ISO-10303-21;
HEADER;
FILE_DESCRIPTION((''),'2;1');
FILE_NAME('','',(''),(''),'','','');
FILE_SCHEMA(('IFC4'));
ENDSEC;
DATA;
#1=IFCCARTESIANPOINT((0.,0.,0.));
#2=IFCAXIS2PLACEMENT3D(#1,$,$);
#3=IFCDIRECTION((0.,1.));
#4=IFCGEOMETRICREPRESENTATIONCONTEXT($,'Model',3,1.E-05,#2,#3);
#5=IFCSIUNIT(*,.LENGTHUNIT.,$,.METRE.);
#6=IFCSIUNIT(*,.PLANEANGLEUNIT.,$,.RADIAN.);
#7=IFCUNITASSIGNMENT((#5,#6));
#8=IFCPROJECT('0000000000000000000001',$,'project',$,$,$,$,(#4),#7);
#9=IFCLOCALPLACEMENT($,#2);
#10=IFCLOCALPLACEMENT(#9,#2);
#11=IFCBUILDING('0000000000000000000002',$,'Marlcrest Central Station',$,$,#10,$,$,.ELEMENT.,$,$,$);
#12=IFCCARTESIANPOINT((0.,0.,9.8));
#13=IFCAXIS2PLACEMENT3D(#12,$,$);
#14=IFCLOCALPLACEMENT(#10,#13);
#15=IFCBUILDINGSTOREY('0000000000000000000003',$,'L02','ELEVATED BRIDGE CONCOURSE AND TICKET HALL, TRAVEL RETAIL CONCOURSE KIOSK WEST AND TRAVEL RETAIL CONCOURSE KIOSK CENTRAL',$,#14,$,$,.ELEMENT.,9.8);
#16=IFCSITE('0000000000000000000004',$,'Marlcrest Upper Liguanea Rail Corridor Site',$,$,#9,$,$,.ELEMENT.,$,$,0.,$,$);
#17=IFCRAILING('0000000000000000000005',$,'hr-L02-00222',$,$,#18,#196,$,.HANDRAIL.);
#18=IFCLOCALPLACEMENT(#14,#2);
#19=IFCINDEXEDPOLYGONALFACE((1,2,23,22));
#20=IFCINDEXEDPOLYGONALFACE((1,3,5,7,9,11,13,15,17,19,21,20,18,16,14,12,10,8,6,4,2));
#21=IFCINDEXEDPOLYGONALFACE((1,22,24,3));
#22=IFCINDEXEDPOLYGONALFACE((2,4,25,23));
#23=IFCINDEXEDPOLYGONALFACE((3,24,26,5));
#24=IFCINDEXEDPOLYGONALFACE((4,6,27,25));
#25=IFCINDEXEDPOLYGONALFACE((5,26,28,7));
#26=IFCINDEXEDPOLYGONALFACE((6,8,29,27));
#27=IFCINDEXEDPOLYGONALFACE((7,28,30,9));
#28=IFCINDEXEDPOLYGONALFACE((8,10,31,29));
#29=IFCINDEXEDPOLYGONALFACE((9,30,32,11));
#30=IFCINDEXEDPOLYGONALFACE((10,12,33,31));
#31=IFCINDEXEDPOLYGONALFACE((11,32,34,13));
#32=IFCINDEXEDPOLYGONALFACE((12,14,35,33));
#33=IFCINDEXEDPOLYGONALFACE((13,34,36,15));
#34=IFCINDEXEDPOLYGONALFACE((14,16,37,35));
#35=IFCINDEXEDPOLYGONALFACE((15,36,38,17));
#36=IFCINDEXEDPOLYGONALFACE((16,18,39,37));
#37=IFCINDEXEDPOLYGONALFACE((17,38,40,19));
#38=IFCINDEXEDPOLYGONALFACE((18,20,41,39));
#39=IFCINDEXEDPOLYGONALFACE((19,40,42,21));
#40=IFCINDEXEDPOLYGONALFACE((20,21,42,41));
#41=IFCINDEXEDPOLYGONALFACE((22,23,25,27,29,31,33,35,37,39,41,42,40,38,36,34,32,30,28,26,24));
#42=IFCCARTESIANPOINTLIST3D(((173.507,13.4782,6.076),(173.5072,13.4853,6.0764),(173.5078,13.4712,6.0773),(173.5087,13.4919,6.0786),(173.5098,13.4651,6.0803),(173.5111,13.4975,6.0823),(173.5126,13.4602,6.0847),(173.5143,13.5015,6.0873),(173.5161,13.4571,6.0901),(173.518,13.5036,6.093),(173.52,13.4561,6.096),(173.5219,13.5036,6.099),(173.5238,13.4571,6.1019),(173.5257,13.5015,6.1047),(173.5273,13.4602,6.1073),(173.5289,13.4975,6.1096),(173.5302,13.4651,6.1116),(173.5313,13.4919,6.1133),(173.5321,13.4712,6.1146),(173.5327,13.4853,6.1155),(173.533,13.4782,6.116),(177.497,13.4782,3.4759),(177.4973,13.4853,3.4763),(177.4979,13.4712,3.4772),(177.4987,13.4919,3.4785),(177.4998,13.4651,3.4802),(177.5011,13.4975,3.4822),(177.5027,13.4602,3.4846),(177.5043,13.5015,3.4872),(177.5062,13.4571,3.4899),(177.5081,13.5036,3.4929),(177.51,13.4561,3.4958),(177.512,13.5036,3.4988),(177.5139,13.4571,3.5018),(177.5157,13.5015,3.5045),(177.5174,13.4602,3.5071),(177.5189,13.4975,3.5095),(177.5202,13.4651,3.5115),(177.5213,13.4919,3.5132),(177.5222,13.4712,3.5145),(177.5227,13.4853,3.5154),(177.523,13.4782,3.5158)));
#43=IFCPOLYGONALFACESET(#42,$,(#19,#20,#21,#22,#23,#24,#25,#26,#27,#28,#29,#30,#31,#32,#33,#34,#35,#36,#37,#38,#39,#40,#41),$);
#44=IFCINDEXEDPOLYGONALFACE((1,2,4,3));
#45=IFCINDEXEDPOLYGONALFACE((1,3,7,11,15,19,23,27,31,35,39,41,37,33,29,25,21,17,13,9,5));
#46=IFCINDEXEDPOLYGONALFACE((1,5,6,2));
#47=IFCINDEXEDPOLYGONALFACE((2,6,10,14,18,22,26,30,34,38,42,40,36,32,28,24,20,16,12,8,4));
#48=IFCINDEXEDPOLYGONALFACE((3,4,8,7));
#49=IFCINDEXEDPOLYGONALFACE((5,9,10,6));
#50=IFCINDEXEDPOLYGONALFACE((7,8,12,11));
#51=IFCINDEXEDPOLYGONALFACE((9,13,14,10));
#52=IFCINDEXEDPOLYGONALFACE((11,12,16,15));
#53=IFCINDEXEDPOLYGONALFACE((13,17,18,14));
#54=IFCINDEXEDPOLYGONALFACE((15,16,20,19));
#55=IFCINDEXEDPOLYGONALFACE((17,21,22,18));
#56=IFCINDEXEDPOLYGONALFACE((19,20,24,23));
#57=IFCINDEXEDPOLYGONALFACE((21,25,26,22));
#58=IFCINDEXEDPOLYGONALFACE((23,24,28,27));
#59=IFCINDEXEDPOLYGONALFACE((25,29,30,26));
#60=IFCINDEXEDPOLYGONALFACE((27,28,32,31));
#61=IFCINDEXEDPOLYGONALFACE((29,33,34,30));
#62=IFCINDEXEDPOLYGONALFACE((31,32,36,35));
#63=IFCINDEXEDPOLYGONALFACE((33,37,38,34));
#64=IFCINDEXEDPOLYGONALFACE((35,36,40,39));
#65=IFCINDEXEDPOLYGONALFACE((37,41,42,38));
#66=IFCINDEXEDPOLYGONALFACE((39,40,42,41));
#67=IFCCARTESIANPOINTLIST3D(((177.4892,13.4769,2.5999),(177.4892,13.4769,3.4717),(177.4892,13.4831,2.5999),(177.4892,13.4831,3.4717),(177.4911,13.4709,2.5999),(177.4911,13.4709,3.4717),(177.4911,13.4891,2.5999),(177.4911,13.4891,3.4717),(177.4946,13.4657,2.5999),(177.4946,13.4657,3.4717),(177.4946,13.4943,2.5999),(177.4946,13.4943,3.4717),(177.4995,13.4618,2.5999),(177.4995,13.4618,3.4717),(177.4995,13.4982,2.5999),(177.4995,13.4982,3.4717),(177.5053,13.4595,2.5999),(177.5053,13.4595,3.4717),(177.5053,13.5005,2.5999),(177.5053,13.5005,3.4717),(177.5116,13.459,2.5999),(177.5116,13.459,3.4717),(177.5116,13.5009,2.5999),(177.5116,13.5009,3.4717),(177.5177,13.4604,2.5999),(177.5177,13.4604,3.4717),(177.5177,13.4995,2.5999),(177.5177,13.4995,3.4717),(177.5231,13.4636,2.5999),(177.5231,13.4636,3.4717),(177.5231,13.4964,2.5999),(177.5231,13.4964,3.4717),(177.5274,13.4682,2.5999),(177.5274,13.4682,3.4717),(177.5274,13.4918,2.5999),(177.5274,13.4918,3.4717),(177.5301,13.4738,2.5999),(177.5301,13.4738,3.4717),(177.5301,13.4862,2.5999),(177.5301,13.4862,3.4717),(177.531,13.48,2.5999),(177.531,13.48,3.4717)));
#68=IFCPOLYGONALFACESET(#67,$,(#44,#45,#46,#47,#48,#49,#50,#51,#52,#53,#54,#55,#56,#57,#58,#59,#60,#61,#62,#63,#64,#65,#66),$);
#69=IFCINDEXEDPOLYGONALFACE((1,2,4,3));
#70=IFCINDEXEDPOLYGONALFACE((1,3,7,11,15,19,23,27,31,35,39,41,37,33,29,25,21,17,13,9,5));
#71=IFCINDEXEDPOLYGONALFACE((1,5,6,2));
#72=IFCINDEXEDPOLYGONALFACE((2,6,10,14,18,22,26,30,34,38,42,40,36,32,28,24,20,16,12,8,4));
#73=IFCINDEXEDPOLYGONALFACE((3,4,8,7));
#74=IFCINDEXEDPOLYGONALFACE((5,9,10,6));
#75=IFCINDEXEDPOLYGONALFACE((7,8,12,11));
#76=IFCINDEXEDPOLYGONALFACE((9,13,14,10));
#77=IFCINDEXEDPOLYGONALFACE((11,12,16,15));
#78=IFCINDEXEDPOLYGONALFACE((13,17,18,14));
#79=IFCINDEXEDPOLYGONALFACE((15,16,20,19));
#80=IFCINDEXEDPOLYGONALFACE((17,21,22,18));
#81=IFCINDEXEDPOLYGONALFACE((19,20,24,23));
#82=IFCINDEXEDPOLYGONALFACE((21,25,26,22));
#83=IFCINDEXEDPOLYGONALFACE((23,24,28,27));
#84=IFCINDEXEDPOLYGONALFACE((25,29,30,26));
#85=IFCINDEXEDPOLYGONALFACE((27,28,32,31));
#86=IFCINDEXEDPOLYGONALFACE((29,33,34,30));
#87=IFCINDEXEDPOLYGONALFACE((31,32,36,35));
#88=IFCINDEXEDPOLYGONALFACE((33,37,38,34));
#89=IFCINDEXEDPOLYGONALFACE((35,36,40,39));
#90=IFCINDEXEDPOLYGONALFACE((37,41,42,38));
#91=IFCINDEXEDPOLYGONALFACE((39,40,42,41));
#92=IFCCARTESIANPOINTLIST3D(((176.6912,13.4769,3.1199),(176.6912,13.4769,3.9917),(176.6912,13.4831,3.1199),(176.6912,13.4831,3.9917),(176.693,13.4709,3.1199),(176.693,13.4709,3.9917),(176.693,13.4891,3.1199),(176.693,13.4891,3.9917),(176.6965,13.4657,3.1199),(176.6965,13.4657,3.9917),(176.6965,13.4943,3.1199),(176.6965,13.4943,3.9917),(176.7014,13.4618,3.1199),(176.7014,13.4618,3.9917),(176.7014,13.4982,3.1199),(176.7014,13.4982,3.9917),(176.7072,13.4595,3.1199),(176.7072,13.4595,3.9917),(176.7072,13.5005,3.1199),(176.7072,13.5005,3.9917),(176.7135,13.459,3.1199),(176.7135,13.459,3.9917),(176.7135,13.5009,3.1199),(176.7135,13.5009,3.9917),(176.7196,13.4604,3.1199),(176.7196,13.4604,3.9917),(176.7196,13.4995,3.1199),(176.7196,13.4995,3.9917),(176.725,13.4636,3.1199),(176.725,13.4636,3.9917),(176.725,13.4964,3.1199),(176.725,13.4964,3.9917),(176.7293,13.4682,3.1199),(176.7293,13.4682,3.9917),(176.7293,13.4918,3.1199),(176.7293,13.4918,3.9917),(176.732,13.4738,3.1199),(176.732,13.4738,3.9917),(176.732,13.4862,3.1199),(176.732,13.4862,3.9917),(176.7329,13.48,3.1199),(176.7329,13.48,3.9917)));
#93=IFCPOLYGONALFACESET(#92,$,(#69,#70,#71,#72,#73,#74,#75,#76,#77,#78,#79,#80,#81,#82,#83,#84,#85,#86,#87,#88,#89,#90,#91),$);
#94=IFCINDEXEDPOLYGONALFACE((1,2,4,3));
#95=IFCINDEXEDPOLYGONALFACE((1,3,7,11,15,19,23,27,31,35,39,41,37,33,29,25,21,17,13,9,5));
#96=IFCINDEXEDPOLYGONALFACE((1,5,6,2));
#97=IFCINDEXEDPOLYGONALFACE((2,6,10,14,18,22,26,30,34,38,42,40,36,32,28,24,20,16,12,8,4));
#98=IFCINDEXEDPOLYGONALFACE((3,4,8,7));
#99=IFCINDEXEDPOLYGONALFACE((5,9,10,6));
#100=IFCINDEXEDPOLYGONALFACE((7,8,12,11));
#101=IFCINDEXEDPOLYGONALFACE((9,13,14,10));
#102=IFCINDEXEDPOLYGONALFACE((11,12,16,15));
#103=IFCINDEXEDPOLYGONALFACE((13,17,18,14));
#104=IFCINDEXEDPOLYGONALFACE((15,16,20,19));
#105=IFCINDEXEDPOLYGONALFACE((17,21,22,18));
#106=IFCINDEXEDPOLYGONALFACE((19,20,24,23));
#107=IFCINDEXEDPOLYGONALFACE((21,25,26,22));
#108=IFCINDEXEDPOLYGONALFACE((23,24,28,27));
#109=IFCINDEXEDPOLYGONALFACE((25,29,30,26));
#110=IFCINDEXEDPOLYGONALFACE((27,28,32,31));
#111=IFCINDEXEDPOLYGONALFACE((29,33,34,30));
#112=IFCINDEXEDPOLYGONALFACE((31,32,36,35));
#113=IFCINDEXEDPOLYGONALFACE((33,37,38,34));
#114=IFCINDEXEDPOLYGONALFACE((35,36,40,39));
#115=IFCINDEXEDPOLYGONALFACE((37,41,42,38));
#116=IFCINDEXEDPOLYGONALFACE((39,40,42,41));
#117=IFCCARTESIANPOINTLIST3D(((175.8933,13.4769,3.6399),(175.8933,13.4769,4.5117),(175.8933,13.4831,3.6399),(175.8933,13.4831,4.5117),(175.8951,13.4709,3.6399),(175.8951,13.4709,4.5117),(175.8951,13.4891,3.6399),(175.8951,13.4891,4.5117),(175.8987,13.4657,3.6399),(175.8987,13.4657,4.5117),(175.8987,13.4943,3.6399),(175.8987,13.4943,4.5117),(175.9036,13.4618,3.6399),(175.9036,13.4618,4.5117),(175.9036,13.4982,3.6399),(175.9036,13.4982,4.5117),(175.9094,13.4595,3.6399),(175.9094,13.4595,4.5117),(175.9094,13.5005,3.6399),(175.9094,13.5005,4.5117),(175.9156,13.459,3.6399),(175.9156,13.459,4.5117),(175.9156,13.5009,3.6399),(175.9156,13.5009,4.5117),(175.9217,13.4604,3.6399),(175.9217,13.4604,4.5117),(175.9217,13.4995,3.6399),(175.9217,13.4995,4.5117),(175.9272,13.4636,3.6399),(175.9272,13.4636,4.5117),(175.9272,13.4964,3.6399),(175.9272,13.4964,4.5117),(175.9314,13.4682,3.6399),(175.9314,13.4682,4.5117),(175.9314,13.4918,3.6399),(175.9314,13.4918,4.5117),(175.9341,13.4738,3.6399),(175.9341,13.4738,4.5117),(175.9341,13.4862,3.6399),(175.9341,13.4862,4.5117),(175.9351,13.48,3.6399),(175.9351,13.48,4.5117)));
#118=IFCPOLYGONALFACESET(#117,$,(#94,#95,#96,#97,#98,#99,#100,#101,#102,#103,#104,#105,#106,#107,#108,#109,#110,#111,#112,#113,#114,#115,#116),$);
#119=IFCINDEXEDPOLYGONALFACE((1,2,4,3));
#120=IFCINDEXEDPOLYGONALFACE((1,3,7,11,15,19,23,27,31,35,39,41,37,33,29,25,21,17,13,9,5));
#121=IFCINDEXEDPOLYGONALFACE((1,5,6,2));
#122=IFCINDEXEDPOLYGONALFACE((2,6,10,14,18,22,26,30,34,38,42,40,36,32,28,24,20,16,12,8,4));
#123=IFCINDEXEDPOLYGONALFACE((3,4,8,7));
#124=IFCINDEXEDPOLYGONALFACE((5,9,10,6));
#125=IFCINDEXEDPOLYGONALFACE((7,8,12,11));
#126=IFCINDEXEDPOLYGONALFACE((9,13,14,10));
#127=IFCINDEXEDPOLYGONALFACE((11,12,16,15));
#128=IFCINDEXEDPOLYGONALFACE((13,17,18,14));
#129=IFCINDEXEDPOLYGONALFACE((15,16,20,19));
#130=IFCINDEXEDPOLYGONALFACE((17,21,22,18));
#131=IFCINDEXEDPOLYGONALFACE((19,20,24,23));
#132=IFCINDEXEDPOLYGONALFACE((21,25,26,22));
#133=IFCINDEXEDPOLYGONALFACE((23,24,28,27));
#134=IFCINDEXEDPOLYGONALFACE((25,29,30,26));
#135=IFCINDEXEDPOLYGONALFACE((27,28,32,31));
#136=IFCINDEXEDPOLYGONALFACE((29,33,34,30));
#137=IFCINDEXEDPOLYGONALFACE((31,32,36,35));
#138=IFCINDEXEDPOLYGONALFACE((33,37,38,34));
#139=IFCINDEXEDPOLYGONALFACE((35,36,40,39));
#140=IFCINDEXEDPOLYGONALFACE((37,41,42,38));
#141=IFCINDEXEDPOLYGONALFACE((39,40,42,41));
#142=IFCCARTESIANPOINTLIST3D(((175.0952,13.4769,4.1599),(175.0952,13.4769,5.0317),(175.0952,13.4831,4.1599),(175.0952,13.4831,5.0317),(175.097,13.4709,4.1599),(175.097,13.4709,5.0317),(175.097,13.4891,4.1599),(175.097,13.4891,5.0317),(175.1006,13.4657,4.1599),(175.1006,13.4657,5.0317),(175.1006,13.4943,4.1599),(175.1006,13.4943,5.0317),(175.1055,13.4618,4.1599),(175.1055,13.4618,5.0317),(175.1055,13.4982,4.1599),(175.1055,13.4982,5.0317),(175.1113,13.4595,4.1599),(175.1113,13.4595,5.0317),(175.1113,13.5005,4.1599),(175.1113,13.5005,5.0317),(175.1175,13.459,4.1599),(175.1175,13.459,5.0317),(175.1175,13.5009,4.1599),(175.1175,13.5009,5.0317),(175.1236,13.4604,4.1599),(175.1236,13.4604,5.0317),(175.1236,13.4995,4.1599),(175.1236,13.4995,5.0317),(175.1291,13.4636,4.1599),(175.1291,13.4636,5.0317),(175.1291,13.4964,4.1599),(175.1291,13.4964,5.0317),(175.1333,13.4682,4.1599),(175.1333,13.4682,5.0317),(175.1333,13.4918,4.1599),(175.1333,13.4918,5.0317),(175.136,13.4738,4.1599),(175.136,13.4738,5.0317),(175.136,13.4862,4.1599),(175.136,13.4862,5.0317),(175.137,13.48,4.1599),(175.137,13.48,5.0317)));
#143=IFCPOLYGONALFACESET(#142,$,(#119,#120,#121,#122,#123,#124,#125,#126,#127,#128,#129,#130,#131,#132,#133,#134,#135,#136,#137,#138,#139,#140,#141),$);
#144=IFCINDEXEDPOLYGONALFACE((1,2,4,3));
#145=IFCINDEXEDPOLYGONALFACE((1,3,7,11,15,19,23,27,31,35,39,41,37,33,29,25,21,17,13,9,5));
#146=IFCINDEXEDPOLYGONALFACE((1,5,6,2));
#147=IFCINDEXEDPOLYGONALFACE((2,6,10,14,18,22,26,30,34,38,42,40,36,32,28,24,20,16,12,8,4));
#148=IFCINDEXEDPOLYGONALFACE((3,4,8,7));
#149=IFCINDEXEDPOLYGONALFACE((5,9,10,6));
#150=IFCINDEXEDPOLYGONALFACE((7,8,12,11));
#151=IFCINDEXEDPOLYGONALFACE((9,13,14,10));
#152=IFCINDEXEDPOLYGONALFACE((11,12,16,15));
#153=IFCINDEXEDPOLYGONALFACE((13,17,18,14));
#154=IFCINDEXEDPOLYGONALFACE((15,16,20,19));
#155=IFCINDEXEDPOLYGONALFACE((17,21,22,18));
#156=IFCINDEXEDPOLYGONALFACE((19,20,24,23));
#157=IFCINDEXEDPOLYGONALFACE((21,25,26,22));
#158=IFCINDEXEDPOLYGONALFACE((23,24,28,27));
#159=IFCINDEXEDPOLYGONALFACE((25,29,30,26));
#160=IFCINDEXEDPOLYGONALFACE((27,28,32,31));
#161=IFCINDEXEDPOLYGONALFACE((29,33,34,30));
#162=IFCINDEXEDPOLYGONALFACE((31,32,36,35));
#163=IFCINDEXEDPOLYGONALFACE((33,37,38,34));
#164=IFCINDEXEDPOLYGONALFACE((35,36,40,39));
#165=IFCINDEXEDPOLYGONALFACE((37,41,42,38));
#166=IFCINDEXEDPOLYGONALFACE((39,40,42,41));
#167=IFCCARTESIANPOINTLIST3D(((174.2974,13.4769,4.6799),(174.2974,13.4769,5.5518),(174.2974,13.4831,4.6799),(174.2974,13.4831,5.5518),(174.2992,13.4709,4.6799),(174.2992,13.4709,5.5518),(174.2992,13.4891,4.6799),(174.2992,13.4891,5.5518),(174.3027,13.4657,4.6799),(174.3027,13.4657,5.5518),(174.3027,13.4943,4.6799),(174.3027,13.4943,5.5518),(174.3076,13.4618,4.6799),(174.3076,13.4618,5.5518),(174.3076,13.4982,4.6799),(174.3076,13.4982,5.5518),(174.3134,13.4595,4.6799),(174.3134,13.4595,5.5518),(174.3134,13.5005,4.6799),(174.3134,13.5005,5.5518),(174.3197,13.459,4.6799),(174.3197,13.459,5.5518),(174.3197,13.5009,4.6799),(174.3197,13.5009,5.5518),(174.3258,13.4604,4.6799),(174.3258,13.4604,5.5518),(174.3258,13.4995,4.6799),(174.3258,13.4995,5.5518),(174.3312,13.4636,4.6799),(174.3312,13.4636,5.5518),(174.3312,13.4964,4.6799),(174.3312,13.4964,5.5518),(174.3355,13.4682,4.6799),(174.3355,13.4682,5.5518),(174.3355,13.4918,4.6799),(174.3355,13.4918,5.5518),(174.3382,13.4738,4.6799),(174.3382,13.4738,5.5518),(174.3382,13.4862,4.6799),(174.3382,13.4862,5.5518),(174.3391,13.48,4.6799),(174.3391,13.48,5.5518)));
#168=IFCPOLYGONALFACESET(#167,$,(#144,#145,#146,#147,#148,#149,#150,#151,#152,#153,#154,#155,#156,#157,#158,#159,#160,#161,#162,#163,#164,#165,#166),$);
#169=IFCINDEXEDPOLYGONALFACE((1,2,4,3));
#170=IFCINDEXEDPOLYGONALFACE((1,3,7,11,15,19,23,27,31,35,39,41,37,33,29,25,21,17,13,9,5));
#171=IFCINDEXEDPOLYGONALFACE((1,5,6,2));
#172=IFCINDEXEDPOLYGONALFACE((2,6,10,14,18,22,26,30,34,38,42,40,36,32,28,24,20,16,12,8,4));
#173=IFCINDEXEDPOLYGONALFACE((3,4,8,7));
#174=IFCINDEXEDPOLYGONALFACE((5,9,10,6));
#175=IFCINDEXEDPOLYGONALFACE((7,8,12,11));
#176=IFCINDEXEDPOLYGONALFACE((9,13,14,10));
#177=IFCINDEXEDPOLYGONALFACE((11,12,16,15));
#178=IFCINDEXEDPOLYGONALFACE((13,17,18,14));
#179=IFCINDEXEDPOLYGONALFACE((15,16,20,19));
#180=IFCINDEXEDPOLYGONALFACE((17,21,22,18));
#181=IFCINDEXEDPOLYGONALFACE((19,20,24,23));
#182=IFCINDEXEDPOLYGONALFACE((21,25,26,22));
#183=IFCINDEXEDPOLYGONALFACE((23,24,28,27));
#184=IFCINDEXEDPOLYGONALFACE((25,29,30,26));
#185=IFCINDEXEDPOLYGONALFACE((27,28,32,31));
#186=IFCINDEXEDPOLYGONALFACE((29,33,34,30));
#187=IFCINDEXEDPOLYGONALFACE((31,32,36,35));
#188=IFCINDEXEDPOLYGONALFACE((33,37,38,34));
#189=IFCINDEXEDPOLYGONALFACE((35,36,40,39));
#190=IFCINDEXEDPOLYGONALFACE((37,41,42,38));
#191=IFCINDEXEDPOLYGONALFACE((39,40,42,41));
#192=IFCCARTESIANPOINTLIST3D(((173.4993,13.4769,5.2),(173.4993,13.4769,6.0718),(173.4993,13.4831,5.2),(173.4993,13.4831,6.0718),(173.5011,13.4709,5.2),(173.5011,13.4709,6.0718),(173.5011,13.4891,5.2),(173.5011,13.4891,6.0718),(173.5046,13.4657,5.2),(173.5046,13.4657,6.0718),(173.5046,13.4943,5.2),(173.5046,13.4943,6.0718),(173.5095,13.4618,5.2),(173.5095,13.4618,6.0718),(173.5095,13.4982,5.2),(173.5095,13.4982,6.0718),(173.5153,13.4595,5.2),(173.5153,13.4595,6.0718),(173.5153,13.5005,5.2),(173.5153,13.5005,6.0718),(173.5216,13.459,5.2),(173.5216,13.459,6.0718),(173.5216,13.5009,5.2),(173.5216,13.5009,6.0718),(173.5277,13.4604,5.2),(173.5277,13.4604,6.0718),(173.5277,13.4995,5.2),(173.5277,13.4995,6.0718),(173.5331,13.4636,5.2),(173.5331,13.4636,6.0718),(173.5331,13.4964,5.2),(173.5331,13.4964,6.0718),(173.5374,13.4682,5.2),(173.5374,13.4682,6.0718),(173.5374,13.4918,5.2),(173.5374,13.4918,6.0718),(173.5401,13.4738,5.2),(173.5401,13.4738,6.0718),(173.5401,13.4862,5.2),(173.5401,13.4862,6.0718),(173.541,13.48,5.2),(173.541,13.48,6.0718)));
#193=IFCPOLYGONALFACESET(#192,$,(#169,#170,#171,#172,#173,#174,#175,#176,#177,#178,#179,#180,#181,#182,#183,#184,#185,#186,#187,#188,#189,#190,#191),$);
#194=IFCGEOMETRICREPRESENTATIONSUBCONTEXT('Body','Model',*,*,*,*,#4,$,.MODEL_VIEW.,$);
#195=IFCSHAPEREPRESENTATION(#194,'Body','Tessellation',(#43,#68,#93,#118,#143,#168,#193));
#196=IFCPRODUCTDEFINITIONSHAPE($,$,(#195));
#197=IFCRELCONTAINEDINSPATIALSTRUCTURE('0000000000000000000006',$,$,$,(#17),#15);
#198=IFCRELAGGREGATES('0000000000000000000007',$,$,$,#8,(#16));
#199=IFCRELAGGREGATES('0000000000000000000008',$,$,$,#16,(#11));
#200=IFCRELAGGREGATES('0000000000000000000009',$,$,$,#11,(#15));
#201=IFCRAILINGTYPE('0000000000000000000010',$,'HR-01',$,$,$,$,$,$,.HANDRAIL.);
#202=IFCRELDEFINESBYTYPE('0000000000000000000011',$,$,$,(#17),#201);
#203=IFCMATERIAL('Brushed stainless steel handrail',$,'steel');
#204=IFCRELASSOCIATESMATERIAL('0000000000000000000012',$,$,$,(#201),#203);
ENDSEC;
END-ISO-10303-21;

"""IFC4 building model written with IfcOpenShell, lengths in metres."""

from ifc_helpers import new_model, si_unit, direction, frame, origin, origin_2d, place, context, subcontext, project, spatial, circle, extrude, material, type_object, element, save


model = new_model("IFC4")

# Units and contexts
model_context = context("Model", 3, precision=1e-05, world=origin(), true_north=direction((0.0, 1.0)))
body_context = subcontext(model_context, "Body", "Model", "MODEL_VIEW")
ifc_project = project(units=[si_unit("LENGTHUNIT", "METRE"), si_unit("PLANEANGLEUNIT", "RADIAN")], contexts=[model_context])

# Site, building, storey
site_placement = place(None, origin())
site = spatial("IfcSite", under=ifc_project, at=site_placement, Name="Marlcrest Upper Liguanea Rail Corridor Site", CompositionType="ELEMENT", RefElevation=0.0)
building_placement = place(site_placement, origin())
building = spatial("IfcBuilding", under=site, at=building_placement, Name="Marlcrest Central Station", CompositionType="ELEMENT")
storey_placement = place(building_placement, frame((0.0, 0.0, 9.8)))
storey = spatial("IfcBuildingStorey", under=building, at=storey_placement, Name="L02", Description="ELEVATED BRIDGE CONCOURSE AND TICKET HALL, TRAVEL RETAIL CONCOURSE KIOSK WEST AND TRAVEL RETAIL CONCOURSE KIOSK CENTRAL", CompositionType="ELEMENT", Elevation=9.8)

# Railing
ifc_material_1 = material(Name="Brushed stainless steel handrail", Category="steel")
railing_type_1 = type_object("IfcRailingType", Name="HR-01", PredefinedType="HANDRAIL", material=ifc_material_1)
railing_1_placement = place(storey_placement, frame((177.51, 13.48, 2.5999)))
element("IfcRailing", 1, at=railing_1_placement, inside=storey, type_object=railing_type_1, Name="hr-L02-00222", PredefinedType="HANDRAIL", context=body_context, shape_type="SweptSolid", body=[
    extrude(circle(Radius=0.0239, at=origin_2d()), frame((0.0, 0.0, 0.896), z_axis=(-0.837809, 0.0, 0.545963), x_axis=(0.0, -1.0, 0.0)), (0.0, 0.0, 1.0), 4.7625),
    extrude(circle(Radius=0.021, at=origin_2d()), origin(), (0.0, 0.0, 1.0), 0.8718),
    extrude(circle(Radius=0.021, at=origin_2d()), frame((-0.7981, 0.0, 0.52)), (0.0, 0.0, 1.0), 0.8718),
    extrude(circle(Radius=0.021, at=origin_2d()), frame((-1.5959, 0.0, 1.04)), (0.0, 0.0, 1.0), 0.8718),
    extrude(circle(Radius=0.021, at=origin_2d()), frame((-2.394, 0.0, 1.5601)), (0.0, 0.0, 1.0), 0.8718),
    extrude(circle(Radius=0.021, at=origin_2d()), frame((-3.1919, 0.0, 2.0801)), (0.0, 0.0, 1.0), 0.8718),
    extrude(circle(Radius=0.021, at=origin_2d()), frame((-3.99, 0.0, 2.6001)), (0.0, 0.0, 1.0), 0.8718),
])

save(model, "model.ifc")
